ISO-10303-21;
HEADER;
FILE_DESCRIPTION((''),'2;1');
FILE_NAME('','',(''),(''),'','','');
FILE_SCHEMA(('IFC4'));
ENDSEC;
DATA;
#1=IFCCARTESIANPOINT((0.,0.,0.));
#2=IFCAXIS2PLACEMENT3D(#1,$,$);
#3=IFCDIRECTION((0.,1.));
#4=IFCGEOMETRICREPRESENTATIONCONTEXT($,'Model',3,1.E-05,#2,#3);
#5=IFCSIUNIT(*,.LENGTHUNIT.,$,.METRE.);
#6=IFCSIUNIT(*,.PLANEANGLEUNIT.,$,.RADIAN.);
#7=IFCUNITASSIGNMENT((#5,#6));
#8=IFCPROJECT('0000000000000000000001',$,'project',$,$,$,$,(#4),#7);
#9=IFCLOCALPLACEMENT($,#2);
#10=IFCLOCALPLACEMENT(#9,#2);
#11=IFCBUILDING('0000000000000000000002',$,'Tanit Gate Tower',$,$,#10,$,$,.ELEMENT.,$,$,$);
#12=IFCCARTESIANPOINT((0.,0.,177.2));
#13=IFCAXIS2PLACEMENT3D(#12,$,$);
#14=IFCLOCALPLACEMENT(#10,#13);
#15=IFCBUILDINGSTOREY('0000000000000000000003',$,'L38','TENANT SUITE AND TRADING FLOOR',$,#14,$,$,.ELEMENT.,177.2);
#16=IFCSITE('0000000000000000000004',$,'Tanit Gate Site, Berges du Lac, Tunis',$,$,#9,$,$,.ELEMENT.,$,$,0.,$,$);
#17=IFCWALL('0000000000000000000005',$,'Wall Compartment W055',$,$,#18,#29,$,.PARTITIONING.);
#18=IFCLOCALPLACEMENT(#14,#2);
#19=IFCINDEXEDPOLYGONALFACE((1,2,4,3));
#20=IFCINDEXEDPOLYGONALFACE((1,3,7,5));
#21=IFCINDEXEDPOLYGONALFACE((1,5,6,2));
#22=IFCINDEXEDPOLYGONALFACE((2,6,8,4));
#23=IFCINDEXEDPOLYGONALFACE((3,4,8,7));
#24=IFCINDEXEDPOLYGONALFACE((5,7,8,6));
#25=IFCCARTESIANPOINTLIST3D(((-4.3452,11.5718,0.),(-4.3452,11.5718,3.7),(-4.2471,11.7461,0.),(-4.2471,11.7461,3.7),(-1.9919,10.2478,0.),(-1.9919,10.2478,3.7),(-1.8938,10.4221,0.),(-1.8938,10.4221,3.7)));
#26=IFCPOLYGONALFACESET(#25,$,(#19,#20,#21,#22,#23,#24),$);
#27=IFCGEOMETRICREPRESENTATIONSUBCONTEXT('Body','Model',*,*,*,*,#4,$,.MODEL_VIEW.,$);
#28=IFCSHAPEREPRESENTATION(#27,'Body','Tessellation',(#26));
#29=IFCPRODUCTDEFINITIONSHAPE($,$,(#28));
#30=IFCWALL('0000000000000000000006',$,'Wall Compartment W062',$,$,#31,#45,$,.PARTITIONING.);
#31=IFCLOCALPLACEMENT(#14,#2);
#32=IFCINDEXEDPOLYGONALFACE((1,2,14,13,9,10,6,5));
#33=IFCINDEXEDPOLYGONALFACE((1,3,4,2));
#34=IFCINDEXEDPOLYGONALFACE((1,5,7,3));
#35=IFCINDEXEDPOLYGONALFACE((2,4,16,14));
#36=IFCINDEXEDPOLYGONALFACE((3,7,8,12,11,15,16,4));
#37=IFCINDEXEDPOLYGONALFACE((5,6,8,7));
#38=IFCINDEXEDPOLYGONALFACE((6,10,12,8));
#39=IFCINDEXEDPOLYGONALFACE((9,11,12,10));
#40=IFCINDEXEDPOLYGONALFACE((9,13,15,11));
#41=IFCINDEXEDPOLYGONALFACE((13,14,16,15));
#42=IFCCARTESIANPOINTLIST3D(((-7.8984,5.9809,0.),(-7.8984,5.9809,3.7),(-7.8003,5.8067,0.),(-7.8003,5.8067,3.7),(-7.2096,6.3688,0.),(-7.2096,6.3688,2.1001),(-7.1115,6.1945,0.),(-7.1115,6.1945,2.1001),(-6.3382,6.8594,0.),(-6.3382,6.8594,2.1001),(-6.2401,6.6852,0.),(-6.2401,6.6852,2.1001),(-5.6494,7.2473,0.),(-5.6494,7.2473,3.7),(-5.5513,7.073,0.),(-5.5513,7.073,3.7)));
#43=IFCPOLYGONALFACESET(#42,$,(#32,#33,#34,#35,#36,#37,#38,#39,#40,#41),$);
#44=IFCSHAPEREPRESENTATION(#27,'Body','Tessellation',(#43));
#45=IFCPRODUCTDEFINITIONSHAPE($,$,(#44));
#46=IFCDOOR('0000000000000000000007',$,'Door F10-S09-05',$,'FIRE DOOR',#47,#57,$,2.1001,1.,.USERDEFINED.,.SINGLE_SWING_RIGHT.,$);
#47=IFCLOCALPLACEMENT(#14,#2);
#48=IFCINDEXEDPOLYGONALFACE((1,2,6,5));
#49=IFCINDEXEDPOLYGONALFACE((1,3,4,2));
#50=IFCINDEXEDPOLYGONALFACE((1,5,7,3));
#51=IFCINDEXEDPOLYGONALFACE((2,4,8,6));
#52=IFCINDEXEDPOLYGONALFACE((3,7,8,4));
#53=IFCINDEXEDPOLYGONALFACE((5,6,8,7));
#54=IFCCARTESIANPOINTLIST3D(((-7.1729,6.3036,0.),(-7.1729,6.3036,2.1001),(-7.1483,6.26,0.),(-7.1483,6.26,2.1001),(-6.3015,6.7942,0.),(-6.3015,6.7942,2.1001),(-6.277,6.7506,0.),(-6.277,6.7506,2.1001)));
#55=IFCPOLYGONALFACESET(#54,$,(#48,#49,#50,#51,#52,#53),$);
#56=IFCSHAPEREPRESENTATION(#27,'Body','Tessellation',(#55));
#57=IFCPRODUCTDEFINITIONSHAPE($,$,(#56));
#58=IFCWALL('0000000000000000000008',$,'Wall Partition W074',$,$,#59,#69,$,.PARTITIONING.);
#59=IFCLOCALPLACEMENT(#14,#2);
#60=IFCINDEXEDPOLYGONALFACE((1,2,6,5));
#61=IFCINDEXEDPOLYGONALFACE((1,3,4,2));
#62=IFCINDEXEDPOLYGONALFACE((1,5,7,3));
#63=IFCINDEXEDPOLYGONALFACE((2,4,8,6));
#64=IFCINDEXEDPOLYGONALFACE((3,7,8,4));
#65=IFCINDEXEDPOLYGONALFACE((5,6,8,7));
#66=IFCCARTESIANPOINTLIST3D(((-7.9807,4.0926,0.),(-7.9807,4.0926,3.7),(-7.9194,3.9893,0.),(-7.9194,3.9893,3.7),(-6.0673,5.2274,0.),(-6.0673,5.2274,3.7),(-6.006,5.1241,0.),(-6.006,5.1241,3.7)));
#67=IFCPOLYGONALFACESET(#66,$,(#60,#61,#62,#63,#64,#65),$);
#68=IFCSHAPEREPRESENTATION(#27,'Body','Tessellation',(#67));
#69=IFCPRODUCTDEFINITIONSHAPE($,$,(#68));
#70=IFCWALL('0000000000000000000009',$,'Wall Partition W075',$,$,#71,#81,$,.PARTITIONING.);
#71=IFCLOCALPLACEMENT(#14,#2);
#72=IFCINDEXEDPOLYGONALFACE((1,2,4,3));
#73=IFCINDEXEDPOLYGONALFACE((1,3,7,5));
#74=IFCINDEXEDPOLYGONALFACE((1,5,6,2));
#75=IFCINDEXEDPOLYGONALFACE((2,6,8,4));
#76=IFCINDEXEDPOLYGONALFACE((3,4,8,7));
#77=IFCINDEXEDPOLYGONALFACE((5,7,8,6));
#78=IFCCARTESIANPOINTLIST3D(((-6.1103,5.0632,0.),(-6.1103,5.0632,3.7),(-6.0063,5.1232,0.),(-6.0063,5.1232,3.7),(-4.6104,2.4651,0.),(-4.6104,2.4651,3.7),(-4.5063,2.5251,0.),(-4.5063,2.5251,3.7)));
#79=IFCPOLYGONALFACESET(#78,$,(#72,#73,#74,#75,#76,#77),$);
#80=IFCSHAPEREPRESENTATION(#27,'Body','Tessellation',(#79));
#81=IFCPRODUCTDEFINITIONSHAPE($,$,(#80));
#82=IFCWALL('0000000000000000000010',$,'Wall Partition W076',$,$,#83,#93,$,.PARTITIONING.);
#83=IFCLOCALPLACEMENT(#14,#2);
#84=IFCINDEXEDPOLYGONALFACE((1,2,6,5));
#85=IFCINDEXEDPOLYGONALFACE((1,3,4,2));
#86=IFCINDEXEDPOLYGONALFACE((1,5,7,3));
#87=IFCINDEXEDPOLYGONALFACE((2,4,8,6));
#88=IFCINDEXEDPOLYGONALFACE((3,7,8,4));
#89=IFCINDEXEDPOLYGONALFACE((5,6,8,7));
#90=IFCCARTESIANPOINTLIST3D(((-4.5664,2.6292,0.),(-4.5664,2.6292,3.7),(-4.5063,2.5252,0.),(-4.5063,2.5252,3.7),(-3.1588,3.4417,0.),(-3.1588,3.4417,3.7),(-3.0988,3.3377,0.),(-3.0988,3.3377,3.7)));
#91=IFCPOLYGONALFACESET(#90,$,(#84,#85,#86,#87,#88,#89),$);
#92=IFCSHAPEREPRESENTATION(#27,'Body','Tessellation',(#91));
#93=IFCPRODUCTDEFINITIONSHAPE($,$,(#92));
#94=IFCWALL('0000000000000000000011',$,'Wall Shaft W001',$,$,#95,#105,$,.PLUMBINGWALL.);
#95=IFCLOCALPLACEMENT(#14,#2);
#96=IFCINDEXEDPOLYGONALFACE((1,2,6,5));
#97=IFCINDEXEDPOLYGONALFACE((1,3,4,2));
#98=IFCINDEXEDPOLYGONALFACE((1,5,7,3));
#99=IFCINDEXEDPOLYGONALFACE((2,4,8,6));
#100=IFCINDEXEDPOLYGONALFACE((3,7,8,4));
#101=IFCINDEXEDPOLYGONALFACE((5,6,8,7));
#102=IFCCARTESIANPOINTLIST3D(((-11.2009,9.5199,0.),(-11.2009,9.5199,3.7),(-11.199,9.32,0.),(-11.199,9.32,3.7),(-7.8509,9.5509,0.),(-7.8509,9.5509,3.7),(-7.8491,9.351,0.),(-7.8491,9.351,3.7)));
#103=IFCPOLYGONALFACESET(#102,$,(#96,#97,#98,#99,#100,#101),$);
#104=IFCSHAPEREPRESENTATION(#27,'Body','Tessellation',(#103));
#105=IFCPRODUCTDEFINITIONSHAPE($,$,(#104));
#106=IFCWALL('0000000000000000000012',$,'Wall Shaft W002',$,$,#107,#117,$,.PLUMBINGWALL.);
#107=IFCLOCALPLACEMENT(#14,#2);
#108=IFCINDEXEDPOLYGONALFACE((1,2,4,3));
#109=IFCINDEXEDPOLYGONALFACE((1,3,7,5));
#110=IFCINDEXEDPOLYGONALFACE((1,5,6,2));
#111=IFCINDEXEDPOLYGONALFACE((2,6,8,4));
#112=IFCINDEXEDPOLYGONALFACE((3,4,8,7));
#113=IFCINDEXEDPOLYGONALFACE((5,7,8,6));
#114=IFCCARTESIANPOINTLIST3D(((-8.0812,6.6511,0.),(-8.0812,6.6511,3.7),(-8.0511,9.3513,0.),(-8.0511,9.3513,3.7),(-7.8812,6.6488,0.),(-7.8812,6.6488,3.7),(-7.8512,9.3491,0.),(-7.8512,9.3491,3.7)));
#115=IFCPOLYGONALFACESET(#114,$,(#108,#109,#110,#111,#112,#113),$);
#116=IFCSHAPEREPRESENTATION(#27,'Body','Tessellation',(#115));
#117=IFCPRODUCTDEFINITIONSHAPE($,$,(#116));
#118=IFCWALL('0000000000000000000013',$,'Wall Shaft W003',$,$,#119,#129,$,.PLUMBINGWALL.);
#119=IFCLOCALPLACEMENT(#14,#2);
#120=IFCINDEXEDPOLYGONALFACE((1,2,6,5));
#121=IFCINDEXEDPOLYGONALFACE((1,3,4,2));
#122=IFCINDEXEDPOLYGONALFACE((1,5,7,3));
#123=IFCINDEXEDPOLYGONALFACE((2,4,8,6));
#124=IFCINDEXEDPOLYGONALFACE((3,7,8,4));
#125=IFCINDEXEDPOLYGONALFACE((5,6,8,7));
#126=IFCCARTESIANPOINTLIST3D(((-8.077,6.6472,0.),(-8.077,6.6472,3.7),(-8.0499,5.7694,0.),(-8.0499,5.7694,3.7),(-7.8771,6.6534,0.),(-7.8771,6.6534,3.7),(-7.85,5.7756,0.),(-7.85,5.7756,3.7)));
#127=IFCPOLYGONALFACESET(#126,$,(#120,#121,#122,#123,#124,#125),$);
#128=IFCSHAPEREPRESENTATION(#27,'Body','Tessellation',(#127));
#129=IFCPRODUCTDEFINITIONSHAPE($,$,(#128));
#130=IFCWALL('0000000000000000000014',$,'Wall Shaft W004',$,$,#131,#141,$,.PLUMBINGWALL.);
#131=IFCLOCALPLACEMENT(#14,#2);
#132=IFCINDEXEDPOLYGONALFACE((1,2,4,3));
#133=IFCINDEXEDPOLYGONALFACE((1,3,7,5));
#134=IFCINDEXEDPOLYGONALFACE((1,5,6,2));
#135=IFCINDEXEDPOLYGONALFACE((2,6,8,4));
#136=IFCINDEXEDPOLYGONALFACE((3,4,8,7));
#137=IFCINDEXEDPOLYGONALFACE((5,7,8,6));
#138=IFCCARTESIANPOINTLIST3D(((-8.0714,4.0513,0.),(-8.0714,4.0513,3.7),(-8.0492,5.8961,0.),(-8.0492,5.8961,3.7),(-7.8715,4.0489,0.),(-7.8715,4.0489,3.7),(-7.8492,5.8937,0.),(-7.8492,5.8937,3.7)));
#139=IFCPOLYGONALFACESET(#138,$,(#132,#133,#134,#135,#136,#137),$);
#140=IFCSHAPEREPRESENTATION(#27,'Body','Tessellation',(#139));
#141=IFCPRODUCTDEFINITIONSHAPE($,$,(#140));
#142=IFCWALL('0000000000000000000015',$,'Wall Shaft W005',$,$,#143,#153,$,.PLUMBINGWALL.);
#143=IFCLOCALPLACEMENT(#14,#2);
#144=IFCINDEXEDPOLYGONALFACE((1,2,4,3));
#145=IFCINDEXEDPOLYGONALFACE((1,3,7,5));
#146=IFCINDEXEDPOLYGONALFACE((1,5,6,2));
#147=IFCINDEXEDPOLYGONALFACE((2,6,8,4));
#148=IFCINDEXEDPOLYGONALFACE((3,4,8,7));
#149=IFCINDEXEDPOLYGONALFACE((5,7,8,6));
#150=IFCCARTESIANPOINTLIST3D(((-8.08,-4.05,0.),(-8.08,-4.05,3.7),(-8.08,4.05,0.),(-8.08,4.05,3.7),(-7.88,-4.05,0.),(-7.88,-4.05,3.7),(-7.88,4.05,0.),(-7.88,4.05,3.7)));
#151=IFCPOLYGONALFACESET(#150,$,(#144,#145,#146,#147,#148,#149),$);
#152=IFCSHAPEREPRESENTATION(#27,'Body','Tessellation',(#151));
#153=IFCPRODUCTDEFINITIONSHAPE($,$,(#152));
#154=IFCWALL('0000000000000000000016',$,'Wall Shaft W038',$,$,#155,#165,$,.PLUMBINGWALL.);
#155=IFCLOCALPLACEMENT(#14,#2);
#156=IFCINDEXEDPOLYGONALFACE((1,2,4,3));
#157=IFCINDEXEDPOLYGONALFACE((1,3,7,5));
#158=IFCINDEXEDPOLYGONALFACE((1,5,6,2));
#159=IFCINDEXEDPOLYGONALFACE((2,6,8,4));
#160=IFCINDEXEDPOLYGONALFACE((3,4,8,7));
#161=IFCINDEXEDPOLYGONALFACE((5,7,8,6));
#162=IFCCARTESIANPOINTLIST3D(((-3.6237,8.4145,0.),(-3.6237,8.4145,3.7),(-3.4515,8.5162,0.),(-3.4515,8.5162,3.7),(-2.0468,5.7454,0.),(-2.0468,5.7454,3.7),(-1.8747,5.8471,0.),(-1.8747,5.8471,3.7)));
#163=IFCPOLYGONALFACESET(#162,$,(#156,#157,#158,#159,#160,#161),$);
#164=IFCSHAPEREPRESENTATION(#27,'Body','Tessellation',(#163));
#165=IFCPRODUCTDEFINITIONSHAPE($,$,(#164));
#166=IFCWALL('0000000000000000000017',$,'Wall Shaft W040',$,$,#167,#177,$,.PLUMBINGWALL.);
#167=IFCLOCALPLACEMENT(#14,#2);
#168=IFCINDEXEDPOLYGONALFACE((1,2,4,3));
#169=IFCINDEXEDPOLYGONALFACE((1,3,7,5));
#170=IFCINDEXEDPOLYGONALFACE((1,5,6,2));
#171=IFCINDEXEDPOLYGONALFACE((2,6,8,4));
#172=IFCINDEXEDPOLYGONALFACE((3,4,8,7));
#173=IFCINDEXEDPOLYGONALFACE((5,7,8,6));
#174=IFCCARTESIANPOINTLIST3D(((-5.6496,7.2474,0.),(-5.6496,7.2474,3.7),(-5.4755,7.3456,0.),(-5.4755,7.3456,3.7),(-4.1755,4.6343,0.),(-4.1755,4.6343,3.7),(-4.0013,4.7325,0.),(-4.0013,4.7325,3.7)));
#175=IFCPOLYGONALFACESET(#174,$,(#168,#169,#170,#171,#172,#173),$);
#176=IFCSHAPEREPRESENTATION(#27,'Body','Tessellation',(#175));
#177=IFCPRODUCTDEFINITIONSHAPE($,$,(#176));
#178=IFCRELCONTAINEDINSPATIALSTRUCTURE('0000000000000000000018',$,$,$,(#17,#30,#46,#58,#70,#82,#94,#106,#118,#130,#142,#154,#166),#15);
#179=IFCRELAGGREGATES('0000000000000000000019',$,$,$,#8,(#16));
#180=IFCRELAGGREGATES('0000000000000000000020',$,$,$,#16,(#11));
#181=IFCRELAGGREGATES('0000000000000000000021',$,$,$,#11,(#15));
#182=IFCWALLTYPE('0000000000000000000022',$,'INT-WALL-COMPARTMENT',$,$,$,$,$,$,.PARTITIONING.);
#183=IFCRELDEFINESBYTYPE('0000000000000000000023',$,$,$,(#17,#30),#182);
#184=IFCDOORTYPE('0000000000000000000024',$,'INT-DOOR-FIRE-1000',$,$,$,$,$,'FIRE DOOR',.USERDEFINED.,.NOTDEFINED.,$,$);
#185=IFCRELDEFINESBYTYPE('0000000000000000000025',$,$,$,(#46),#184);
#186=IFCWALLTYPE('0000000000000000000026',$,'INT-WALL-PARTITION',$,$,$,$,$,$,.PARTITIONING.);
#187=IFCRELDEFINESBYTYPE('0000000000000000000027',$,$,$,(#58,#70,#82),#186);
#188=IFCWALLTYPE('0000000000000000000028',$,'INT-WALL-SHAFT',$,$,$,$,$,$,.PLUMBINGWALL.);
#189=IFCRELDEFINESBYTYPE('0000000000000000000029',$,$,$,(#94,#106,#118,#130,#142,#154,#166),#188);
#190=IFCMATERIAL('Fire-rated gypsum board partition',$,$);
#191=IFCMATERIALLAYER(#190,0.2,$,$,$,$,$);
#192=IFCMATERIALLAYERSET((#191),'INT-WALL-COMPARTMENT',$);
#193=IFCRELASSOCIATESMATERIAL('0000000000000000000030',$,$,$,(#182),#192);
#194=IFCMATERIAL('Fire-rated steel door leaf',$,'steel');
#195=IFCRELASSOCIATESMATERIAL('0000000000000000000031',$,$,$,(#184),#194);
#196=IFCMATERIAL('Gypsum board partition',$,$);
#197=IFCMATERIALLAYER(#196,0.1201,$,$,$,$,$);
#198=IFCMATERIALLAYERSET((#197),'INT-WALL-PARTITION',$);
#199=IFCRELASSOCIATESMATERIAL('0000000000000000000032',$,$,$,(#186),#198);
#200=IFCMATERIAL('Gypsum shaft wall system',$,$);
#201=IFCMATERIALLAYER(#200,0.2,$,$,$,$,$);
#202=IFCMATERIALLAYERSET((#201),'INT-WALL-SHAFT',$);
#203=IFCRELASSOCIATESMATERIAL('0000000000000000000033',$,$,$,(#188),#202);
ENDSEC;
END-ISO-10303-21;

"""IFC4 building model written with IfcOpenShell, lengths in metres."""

from ifc_helpers import new_model, si_unit, direction, frame, frame_2d, origin, place, context, subcontext, project, spatial, rectangle, extrude, material, layer, layer_set, type_object, element, fill, save


model = new_model("IFC4")

# Units and contexts
model_context = context("Model", 3, precision=1e-05, world=origin(), true_north=direction((0.0, 1.0)))
body_context = subcontext(model_context, "Body", "Model", "MODEL_VIEW")
ifc_project = project(units=[si_unit("LENGTHUNIT", "METRE"), si_unit("PLANEANGLEUNIT", "RADIAN")], contexts=[model_context])

# Site, building, storey
site_placement = place(None, origin())
site = spatial("IfcSite", under=ifc_project, at=site_placement, Name="Tanit Gate Site, Berges du Lac, Tunis", CompositionType="ELEMENT", RefElevation=0.0)
building_placement = place(site_placement, origin())
building = spatial("IfcBuilding", under=site, at=building_placement, Name="Tanit Gate Tower", CompositionType="ELEMENT")
storey_placement = place(building_placement, frame((0.0, 0.0, 177.2)))
storey = spatial("IfcBuildingStorey", under=building, at=storey_placement, Name="L38", Description="TENANT SUITE AND TRADING FLOOR", CompositionType="ELEMENT", Elevation=177.2)

# Wall
ifc_material_1 = material(Name="Fire-rated gypsum board partition")
ifc_layer_1 = layer(ifc_material_1, 0.2)
ifc_layer_set_1 = layer_set([ifc_layer_1], Name="INT-WALL-COMPARTMENT")
wall_type_1 = type_object("IfcWallType", Name="INT-WALL-COMPARTMENT", PredefinedType="PARTITIONING", material=ifc_layer_set_1)
wall_1_placement = place(storey_placement, frame((-4.2961, 11.6589, 0.0), z_axis=(0.0, 0.0, 1.0), x_axis=(0.871534, -0.490334, 0.0)))
element("IfcWall", 1, at=wall_1_placement, inside=storey, type_object=wall_type_1, Name="Wall Compartment W055", PredefinedType="PARTITIONING", context=body_context, shape_type="SweptSolid", body=[
    extrude(rectangle(XDim=2.7002, YDim=0.2, at=frame_2d((1.3501, 0.0))), origin(), (0.0, 0.0, 1.0), 3.7),
])

# Wall, opening, door
wall_2_placement = place(storey_placement, frame((-5.6003, 7.1602, 0.0), z_axis=(0.0, 0.0, 1.0), x_axis=(-0.871363, -0.490638, 0.0)))
wall_2 = element("IfcWall", 2, at=wall_2_placement, inside=storey, type_object=wall_type_1, Name="Wall Compartment W062", PredefinedType="PARTITIONING", context=body_context, shape_type="SweptSolid", body=[
    extrude(rectangle(XDim=2.5811, YDim=0.2, at=frame_2d((1.2905, 0.0))), origin(), (0.0, 0.0, 1.0), 3.7),
])
opening_1_placement = place(wall_2_placement, frame((0.7905, 0.0, 0.0)))
opening_1 = element("IfcOpeningElement", 3, at=opening_1_placement, cuts=wall_2, PredefinedType="OPENING", context=body_context, shape_type="SweptSolid", body=[
    extrude(rectangle(XDim=1.0, YDim=2.1001, at=frame_2d((0.5, 1.05))), frame((0.0, 0.1099, 0.0), z_axis=(0.0, -1.0, 0.0), x_axis=(1.0, 0.0, 0.0)), (0.0, 0.0, 1.0), 0.22),
])
ifc_material_2 = material(Name="Fire-rated steel door leaf", Category="steel")
door_type_1 = type_object("IfcDoorType", Name="INT-DOOR-FIRE-1000", ElementType="FIRE DOOR", OperationType="NOTDEFINED", PredefinedType="USERDEFINED", material=ifc_material_2)
door_1_placement = place(opening_1_placement, origin())
door_1 = element("IfcDoor", 4, at=door_1_placement, inside=storey, type_object=door_type_1, Name="Door F10-S09-05", ObjectType="FIRE DOOR", OperationType="SINGLE_SWING_RIGHT", OverallHeight=2.1001, OverallWidth=1.0, PredefinedType="USERDEFINED", context=body_context, shape_type="SweptSolid", body=[
    extrude(rectangle(XDim=1.0, YDim=2.1001, at=frame_2d((0.5, 1.05))), frame((0.0, 0.0249, 0.0), z_axis=(0.0, -1.0, 0.0), x_axis=(1.0, 0.0, 0.0)), (0.0, 0.0, 1.0), 0.05),
])
fill(opening_1, door_1)

# Walls
ifc_material_3 = material(Name="Gypsum board partition")
ifc_layer_2 = layer(ifc_material_3, 0.1201)
ifc_layer_set_2 = layer_set([ifc_layer_2], Name="INT-WALL-PARTITION")
wall_type_2 = type_object("IfcWallType", Name="INT-WALL-PARTITION", PredefinedType="PARTITIONING", material=ifc_layer_set_2)
wall_3_placement = place(storey_placement, frame((-6.0366, 5.1758, 0.0), z_axis=(0.0, 0.0, 1.0), x_axis=(-0.860106, -0.510115, 0.0)))
element("IfcWall", 5, at=wall_3_placement, inside=storey, type_object=wall_type_2, Name="Wall Partition W074", PredefinedType="PARTITIONING", context=body_context, shape_type="SweptSolid", body=[
    extrude(rectangle(XDim=2.2246, YDim=0.1201, at=frame_2d((1.1123, 0.0))), origin(), (0.0, 0.0, 1.0), 3.7),
])
wall_4_placement = place(storey_placement, frame((-4.5583, 2.4951, 0.0), z_axis=(0.0, 0.0, 1.0), x_axis=(-0.49999, 0.866031, 0.0)))
element("IfcWall", 6, at=wall_4_placement, inside=storey, type_object=wall_type_2, Name="Wall Partition W075", PredefinedType="PARTITIONING", context=body_context, shape_type="SweptSolid", body=[
    extrude(rectangle(XDim=3.0, YDim=0.1201, at=frame_2d((1.5, 0.0))), origin(), (0.0, 0.0, 1.0), 3.7),
])
wall_5_placement = place(storey_placement, frame((-3.1289, 3.3896, 0.0), z_axis=(0.0, 0.0, 1.0), x_axis=(-0.866053, -0.499952, 0.0)))
element("IfcWall", 7, at=wall_5_placement, inside=storey, type_object=wall_type_2, Name="Wall Partition W076", PredefinedType="PARTITIONING", context=body_context, shape_type="SweptSolid", body=[
    extrude(rectangle(XDim=1.6252, YDim=0.1201, at=frame_2d((0.8125, 0.0))), origin(), (0.0, 0.0, 1.0), 3.7),
])
ifc_material_4 = material(Name="Gypsum shaft wall system")
ifc_layer_3 = layer(ifc_material_4, 0.2)
ifc_layer_set_3 = layer_set([ifc_layer_3], Name="INT-WALL-SHAFT")
wall_type_3 = type_object("IfcWallType", Name="INT-WALL-SHAFT", PredefinedType="PLUMBINGWALL", material=ifc_layer_set_3)
wall_6_placement = place(storey_placement, frame((-11.2, 9.4199, 0.0), z_axis=(0.0, 0.0, 1.0), x_axis=(0.999957, 0.009255, 0.0)))
element("IfcWall", 8, at=wall_6_placement, inside=storey, type_object=wall_type_3, Name="Wall Shaft W001", PredefinedType="PLUMBINGWALL", context=body_context, shape_type="SweptSolid", body=[
    extrude(rectangle(XDim=3.3501, YDim=0.2, at=frame_2d((1.675, 0.0))), origin(), (0.0, 0.0, 1.0), 3.7),
])
wall_7_placement = place(storey_placement, frame((-7.9512, 9.3501, 0.0), z_axis=(0.0, 0.0, 1.0), x_axis=(-0.01112, -0.999938, 0.0)))
element("IfcWall", 9, at=wall_7_placement, inside=storey, type_object=wall_type_3, Name="Wall Shaft W002", PredefinedType="PLUMBINGWALL", context=body_context, shape_type="SweptSolid", body=[
    extrude(rectangle(XDim=2.7004, YDim=0.2, at=frame_2d((1.3501, 0.0))), origin(), (0.0, 0.0, 1.0), 3.7),
])
wall_8_placement = place(storey_placement, frame((-7.9771, 6.6501, 0.0), z_axis=(0.0, 0.0, 1.0), x_axis=(0.030862, -0.999524, 0.0)))
element("IfcWall", 10, at=wall_8_placement, inside=storey, type_object=wall_type_3, Name="Wall Shaft W003", PredefinedType="PLUMBINGWALL", context=body_context, shape_type="SweptSolid", body=[
    extrude(rectangle(XDim=0.8782, YDim=0.2, at=frame_2d((0.439, 0.0))), origin(), (0.0, 0.0, 1.0), 3.7),
])
wall_9_placement = place(storey_placement, frame((-7.9492, 5.8948, 0.0), z_axis=(0.0, 0.0, 1.0), x_axis=(-0.012043, -0.999927, 0.0)))
element("IfcWall", 11, at=wall_9_placement, inside=storey, type_object=wall_type_3, Name="Wall Shaft W004", PredefinedType="PLUMBINGWALL", context=body_context, shape_type="SweptSolid", body=[
    extrude(rectangle(XDim=1.845, YDim=0.2, at=frame_2d((0.9224, 0.0))), origin(), (0.0, 0.0, 1.0), 3.7),
])
wall_10_placement = place(storey_placement, frame((-7.98, 4.05, 0.0), z_axis=(0.0, 0.0, 1.0), x_axis=(0.0, -1.0, 0.0)))
element("IfcWall", 12, at=wall_10_placement, inside=storey, type_object=wall_type_3, Name="Wall Shaft W005", PredefinedType="PLUMBINGWALL", context=body_context, shape_type="SweptSolid", body=[
    extrude(rectangle(XDim=8.1001, YDim=0.2, at=frame_2d((4.05, 0.0))), origin(), (0.0, 0.0, 1.0), 3.7),
])

# Walls
wall_11_placement = place(storey_placement, frame((-3.5376, 8.4653, 0.0), z_axis=(0.0, 0.0, 1.0), x_axis=(0.508647, -0.860975, 0.0)))
element("IfcWall", 13, at=wall_11_placement, inside=storey, type_object=wall_type_3, Name="Wall Shaft W038", PredefinedType="PLUMBINGWALL", context=body_context, shape_type="SweptSolid", body=[
    extrude(rectangle(XDim=3.1001, YDim=0.2, at=frame_2d((1.55, 0.0))), origin(), (0.0, 0.0, 1.0), 3.7),
])
wall_12_placement = place(storey_placement, frame((-5.5625, 7.2964, 0.0), z_axis=(0.0, 0.0, 1.0), x_axis=(0.491347, -0.870964, 0.0)))
element("IfcWall", 14, at=wall_12_placement, inside=storey, type_object=wall_type_3, Name="Wall Shaft W040", PredefinedType="PLUMBINGWALL", context=body_context, shape_type="SweptSolid", body=[
    extrude(rectangle(XDim=3.0002, YDim=0.2, at=frame_2d((1.5, 0.0))), origin(), (0.0, 0.0, 1.0), 3.7),
])

save(model, "model.ifc")
